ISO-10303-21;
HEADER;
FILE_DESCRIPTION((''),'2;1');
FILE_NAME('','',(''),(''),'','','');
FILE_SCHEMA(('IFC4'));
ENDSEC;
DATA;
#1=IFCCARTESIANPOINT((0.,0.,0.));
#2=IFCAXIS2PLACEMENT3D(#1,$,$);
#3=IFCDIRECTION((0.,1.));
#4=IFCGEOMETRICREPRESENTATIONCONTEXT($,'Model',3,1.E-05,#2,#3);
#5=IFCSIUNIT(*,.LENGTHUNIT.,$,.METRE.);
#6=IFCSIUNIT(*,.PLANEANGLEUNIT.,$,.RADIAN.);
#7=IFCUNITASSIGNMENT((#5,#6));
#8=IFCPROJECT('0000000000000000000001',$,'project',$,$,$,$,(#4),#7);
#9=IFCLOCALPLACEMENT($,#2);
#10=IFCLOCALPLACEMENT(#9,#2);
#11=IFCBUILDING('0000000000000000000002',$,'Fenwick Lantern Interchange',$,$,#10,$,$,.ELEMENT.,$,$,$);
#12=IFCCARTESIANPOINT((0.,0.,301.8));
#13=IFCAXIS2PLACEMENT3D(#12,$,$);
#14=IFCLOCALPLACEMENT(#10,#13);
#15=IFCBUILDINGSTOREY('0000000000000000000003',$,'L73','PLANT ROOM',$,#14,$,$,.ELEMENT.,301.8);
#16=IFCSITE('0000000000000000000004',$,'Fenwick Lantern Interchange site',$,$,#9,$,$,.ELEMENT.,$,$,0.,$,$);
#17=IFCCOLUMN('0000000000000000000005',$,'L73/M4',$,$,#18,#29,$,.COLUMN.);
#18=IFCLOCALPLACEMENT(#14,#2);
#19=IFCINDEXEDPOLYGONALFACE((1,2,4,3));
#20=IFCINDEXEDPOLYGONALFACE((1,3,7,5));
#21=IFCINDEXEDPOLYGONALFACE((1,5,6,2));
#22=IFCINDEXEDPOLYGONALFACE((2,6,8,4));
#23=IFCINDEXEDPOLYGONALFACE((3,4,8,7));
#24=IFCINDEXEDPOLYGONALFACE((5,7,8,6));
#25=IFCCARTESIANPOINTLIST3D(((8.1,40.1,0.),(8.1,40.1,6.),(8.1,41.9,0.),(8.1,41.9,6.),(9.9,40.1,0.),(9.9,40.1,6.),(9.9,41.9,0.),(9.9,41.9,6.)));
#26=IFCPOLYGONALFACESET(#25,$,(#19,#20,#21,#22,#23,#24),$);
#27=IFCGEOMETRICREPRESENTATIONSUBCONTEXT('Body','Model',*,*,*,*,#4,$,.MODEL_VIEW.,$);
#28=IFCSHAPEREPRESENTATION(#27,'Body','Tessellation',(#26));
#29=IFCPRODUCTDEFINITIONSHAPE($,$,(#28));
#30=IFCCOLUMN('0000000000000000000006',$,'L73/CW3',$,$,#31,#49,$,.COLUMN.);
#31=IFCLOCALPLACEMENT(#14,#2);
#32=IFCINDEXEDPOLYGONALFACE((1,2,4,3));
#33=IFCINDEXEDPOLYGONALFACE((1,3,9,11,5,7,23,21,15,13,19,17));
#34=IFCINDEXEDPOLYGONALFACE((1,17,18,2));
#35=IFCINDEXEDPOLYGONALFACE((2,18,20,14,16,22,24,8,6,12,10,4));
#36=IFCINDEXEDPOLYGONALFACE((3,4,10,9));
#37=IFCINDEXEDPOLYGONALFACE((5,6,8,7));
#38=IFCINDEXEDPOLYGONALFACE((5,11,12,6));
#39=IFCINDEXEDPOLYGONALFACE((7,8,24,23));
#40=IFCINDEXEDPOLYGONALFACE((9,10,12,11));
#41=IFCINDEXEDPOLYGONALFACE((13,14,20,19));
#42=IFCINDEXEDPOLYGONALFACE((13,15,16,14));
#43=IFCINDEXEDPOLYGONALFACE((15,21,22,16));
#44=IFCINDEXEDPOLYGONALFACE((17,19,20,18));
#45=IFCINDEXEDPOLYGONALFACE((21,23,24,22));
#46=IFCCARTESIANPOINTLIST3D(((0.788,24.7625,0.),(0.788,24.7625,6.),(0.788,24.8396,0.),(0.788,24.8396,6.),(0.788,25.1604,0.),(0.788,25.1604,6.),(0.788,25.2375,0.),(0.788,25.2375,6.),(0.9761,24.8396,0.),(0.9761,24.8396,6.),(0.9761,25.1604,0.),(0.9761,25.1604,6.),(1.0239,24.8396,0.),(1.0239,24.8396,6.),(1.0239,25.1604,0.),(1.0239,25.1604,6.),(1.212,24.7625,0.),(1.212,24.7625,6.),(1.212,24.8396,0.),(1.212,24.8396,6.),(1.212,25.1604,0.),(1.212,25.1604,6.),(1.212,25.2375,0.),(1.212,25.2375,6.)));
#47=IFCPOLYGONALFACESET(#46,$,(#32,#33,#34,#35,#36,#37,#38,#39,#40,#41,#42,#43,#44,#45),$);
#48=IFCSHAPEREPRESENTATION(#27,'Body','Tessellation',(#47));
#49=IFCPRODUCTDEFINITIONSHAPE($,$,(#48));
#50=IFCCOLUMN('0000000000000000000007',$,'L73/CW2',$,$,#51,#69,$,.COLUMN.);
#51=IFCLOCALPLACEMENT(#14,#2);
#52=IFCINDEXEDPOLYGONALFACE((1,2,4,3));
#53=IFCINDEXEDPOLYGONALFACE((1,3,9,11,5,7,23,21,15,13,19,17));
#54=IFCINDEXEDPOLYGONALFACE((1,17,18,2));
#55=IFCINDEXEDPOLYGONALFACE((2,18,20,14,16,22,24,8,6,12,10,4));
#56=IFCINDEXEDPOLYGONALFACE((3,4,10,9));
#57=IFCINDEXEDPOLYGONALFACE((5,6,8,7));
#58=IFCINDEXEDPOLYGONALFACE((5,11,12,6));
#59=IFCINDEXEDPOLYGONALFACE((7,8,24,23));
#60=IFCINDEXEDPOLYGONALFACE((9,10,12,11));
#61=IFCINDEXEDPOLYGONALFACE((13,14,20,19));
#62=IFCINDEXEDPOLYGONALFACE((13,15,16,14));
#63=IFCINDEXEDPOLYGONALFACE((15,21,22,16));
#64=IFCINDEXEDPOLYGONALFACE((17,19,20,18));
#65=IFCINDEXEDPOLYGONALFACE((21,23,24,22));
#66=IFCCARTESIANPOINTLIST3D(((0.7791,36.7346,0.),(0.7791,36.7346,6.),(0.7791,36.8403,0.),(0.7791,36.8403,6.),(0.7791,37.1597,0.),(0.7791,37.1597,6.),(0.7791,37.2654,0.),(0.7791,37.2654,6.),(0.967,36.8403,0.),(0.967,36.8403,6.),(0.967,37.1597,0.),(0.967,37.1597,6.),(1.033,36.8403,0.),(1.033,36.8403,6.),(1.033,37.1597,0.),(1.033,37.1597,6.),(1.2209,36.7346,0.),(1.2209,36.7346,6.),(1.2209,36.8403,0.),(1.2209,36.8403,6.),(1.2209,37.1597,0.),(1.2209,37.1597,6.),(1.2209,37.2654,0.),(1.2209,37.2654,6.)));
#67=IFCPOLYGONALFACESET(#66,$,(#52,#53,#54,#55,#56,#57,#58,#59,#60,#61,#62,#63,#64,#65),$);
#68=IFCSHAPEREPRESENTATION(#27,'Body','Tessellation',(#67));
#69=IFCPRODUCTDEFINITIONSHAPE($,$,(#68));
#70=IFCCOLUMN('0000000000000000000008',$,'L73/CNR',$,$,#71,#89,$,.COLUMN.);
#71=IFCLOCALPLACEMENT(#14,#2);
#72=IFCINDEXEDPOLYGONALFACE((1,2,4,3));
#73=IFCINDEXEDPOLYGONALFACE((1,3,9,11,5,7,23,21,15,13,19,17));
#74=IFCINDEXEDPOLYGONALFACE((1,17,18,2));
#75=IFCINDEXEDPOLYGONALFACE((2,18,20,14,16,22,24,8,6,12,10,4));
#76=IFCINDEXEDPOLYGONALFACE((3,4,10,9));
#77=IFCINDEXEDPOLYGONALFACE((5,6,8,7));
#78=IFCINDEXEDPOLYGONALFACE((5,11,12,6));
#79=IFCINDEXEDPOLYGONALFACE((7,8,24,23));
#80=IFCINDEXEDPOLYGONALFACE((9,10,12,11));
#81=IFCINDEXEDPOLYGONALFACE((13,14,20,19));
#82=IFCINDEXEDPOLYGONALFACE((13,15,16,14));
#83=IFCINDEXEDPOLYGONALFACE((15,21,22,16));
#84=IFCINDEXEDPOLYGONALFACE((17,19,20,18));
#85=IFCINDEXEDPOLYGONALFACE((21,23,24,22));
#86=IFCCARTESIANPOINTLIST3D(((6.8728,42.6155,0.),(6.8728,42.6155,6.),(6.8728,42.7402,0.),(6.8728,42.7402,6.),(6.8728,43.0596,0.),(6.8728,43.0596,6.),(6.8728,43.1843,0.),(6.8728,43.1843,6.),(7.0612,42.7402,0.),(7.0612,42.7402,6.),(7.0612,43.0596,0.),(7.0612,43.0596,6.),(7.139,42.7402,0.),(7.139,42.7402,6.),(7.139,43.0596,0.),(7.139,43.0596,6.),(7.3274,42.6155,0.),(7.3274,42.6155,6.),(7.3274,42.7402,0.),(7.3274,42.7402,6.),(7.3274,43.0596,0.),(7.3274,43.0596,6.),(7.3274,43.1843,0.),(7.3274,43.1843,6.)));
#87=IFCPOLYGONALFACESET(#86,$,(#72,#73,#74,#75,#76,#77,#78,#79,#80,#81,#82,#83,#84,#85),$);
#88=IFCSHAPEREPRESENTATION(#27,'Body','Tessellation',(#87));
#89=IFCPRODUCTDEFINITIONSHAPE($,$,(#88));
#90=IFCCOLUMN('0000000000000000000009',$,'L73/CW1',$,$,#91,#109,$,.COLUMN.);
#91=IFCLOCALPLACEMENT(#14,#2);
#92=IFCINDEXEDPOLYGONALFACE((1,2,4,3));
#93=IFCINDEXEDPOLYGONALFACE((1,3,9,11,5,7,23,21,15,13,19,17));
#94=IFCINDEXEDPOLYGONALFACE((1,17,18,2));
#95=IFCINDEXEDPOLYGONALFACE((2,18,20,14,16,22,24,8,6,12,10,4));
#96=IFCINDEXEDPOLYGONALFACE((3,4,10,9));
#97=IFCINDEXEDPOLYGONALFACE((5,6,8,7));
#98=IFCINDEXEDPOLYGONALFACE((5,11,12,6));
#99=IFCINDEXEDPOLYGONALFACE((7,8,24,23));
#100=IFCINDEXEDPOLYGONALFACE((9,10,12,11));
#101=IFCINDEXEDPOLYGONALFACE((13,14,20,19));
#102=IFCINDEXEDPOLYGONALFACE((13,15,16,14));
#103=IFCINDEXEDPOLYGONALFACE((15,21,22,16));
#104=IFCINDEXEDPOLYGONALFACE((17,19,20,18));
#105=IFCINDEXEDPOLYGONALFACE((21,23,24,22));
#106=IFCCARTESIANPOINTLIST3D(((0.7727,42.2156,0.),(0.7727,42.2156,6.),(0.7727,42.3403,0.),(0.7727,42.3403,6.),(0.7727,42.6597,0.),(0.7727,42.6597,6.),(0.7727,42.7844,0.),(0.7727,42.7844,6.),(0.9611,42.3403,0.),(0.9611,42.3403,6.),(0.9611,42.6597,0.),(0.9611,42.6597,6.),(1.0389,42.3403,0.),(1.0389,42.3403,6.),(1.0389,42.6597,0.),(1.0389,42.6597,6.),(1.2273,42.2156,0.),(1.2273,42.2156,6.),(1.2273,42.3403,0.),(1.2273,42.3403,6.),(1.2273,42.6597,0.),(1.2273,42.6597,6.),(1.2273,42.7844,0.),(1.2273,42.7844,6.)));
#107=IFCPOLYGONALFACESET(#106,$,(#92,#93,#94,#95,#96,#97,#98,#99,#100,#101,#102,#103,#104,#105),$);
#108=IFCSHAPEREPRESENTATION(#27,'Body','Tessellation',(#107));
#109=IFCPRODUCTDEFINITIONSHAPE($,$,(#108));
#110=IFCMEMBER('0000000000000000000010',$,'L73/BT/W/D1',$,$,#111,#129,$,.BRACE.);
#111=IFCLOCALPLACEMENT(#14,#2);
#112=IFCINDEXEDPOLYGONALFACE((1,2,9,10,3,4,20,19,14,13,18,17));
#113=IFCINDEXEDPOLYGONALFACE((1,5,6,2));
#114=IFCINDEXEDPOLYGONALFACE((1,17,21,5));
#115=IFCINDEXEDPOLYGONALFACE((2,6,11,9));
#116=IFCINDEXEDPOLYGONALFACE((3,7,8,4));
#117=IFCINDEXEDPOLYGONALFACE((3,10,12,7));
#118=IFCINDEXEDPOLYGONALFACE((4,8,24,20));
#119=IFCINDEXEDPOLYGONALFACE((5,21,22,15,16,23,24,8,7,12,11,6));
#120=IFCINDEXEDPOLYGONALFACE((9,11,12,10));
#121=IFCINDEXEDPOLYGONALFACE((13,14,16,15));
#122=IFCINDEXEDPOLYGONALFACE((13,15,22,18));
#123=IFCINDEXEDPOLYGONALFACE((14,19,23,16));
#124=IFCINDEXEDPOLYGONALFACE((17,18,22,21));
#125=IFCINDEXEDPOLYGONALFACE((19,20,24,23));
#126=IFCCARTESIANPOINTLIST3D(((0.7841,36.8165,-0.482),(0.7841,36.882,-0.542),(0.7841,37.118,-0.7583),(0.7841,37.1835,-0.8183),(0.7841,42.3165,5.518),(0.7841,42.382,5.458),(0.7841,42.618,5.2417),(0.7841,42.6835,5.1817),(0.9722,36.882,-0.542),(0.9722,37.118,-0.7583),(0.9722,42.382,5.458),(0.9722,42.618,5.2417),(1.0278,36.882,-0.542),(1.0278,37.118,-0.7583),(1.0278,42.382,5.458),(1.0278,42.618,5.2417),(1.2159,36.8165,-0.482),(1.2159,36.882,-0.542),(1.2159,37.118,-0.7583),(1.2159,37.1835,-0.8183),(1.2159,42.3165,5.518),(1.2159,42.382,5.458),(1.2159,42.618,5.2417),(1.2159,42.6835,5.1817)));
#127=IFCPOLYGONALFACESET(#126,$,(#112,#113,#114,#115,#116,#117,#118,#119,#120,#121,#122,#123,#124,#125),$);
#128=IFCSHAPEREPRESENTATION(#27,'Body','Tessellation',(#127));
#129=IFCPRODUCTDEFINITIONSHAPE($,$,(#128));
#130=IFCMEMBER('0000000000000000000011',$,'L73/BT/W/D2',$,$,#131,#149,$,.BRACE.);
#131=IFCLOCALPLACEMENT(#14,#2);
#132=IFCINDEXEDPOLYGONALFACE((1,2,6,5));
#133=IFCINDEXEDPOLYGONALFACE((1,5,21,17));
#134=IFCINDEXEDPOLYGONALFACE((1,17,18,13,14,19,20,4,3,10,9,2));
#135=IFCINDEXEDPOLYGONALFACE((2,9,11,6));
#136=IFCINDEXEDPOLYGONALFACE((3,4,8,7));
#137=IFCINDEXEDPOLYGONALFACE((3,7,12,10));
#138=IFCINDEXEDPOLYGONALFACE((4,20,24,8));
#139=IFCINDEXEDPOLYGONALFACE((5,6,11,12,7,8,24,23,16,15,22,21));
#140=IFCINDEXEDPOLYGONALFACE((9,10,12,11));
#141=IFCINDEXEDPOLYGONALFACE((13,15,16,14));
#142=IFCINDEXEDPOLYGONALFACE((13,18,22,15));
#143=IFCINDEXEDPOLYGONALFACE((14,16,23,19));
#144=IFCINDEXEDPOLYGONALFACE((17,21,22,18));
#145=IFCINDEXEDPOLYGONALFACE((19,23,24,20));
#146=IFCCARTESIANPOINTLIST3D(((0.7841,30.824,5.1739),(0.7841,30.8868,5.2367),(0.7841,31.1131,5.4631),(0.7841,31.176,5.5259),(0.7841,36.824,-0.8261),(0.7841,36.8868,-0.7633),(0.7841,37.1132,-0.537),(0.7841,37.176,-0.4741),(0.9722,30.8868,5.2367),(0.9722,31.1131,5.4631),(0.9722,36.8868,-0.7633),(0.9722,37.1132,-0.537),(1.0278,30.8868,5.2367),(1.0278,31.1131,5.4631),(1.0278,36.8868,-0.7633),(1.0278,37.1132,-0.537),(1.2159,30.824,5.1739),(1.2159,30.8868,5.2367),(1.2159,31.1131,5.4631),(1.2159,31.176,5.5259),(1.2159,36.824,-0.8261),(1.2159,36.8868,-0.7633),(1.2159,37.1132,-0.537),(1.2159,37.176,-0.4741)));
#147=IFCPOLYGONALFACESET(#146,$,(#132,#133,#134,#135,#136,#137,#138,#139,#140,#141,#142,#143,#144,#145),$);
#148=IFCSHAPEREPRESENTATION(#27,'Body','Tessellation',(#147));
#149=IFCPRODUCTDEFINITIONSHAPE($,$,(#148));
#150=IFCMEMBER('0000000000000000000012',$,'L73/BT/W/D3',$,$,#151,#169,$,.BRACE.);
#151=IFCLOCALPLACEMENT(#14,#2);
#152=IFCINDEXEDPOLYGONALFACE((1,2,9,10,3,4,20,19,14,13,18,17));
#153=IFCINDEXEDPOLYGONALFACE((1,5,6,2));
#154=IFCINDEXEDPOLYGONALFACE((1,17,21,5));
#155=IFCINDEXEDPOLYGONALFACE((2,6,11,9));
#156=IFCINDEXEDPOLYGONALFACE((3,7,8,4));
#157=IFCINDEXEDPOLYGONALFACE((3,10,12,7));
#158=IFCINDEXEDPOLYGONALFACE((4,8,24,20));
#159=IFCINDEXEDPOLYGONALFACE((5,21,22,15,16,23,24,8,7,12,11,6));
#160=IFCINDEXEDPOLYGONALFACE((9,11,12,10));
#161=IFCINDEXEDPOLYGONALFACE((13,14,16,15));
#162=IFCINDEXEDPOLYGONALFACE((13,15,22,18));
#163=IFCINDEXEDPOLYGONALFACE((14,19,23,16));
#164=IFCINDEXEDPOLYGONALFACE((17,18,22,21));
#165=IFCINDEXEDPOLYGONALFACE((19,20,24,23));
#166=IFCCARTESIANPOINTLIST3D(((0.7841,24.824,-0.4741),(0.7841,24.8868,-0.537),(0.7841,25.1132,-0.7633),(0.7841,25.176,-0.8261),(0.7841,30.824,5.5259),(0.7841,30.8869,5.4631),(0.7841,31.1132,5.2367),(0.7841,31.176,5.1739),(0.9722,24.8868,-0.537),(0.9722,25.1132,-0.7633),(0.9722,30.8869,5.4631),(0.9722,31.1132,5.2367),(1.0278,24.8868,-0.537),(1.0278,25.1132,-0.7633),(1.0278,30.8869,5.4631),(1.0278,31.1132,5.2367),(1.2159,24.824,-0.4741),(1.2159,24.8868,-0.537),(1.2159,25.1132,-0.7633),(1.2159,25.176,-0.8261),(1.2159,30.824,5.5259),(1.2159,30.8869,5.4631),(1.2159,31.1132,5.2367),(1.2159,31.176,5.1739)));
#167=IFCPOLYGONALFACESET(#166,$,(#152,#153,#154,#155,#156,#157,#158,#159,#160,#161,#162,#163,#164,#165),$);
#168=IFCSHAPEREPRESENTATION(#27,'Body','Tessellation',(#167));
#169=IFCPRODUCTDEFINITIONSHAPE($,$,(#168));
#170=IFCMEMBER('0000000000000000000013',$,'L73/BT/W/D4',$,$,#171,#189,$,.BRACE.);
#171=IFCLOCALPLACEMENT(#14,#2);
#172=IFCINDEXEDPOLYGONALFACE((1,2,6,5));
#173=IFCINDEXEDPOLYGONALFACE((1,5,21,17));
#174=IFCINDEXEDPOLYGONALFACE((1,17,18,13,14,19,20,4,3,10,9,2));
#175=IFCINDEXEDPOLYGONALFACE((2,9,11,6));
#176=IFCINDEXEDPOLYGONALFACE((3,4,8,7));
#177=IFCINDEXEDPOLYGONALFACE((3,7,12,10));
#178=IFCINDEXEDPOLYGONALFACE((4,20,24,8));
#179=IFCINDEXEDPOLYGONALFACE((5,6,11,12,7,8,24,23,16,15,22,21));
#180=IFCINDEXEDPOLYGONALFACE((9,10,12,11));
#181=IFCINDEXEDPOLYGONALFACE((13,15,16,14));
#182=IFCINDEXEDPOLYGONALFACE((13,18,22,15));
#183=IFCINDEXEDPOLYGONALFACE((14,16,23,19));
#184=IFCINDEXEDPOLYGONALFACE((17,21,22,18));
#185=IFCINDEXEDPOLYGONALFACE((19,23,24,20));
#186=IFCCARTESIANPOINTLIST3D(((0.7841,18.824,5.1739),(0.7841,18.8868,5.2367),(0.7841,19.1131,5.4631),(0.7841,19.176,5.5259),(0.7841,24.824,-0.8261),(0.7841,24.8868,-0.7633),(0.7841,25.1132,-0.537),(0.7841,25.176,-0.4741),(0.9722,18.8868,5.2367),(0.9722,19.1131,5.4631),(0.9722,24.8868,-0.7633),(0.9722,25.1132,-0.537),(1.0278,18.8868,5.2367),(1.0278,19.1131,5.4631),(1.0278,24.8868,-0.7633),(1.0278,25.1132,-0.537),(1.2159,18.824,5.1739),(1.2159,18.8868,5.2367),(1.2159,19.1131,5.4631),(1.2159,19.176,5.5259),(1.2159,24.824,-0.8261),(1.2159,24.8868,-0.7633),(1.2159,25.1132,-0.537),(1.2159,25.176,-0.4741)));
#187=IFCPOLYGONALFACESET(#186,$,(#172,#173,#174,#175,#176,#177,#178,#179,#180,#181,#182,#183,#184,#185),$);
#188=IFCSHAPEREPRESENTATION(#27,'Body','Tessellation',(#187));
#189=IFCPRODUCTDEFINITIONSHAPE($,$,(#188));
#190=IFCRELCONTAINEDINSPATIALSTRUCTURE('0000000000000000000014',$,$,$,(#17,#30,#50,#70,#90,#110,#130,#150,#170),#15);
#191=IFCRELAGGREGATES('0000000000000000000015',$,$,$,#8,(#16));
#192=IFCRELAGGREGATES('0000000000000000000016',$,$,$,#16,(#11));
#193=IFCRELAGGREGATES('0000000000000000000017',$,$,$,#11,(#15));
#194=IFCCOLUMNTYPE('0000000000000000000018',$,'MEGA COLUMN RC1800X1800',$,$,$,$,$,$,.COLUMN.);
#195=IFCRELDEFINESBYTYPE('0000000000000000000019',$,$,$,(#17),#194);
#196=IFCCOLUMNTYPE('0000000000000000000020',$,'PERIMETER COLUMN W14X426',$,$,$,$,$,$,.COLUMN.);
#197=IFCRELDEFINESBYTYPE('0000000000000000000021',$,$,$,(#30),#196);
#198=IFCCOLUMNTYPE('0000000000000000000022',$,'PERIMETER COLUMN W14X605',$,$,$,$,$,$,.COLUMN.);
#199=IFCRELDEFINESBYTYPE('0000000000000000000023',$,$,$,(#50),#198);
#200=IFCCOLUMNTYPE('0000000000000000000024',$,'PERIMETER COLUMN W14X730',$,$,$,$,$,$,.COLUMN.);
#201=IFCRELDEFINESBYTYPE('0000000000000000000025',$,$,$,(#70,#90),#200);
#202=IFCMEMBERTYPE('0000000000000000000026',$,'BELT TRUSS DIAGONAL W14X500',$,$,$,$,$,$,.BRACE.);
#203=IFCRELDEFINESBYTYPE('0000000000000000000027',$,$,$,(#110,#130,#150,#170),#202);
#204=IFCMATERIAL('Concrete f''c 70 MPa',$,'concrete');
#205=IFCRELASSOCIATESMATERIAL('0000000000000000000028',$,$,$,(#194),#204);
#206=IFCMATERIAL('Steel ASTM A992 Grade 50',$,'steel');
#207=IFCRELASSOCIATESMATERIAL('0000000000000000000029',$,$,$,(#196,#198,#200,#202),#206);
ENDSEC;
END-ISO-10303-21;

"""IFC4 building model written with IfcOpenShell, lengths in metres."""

from ifc_helpers import new_model, si_unit, direction, frame, origin, origin_2d, place, context, subcontext, project, spatial, rectangle, i_section, extrude, material, material_profile, profile_set, type_object, element, save


model = new_model("IFC4")

# Units and contexts
model_context = context("Model", 3, precision=1e-05, world=origin(), true_north=direction((0.0, 1.0)))
body_context = subcontext(model_context, "Body", "Model", "MODEL_VIEW")
ifc_project = project(units=[si_unit("LENGTHUNIT", "METRE"), si_unit("PLANEANGLEUNIT", "RADIAN")], contexts=[model_context])

# Site, building, storey
site_placement = place(None, origin())
site = spatial("IfcSite", under=ifc_project, at=site_placement, Name="Fenwick Lantern Interchange site", CompositionType="ELEMENT", RefElevation=0.0)
building_placement = place(site_placement, origin())
building = spatial("IfcBuilding", under=site, at=building_placement, Name="Fenwick Lantern Interchange", CompositionType="ELEMENT")
storey_placement = place(building_placement, frame((0.0, 0.0, 301.8)))
storey = spatial("IfcBuildingStorey", under=building, at=storey_placement, Name="L73", Description="PLANT ROOM", CompositionType="ELEMENT", Elevation=301.8)

# Columns
ifc_material_1 = material(Name="Concrete f'c 70 MPa", Category="concrete")
ifc_material_profile_1 = material_profile(ifc_material_1, rectangle(XDim=1.8, YDim=1.8, at=origin_2d()), Name="RC1800X1800")
ifc_profile_set_1 = profile_set([ifc_material_profile_1], Name="Concrete f'c 70 MPa")
column_type_1 = type_object("IfcColumnType", Name="MEGA COLUMN RC1800X1800", PredefinedType="COLUMN", material=ifc_profile_set_1)
column_1_placement = place(storey_placement, frame((9.0, 41.0, 0.0), z_axis=(0.0, 0.0, 1.0), x_axis=(1.0, 0.0, 0.0)))
element("IfcColumn", 1, at=column_1_placement, inside=storey, type_object=column_type_1, Name="L73/M4", PredefinedType="COLUMN", context=body_context, shape_type="SweptSolid", body=[
    extrude(rectangle(XDim=1.8, YDim=1.8, at=origin_2d()), origin(), (0.0, 0.0, 1.0), 6.0),
])
ifc_material_2 = material(Name="Steel ASTM A992 Grade 50", Category="steel")
ifc_material_profile_2 = material_profile(ifc_material_2, i_section(OverallWidth=0.4241, OverallDepth=0.4751, WebThickness=0.0479, FlangeThickness=0.0771, at=origin_2d()), Name="W14X426")
ifc_profile_set_2 = profile_set([ifc_material_profile_2], Name="Steel ASTM A992 Grade 50")
column_type_2 = type_object("IfcColumnType", Name="PERIMETER COLUMN W14X426", PredefinedType="COLUMN", material=ifc_profile_set_2)
column_2_placement = place(storey_placement, frame((1.0, 25.0, 0.0), z_axis=(0.0, 0.0, 1.0), x_axis=(1.0, 0.0, 0.0)))
element("IfcColumn", 2, at=column_2_placement, inside=storey, type_object=column_type_2, Name="L73/CW3", PredefinedType="COLUMN", context=body_context, shape_type="SweptSolid", body=[
    extrude(i_section(OverallWidth=0.4241, OverallDepth=0.4751, WebThickness=0.0479, FlangeThickness=0.0771, at=origin_2d()), origin(), (0.0, 0.0, 1.0), 6.0),
])
ifc_material_profile_3 = material_profile(ifc_material_2, i_section(OverallWidth=0.4419, OverallDepth=0.5308, WebThickness=0.0659, FlangeThickness=0.1057, at=origin_2d()), Name="W14X605")
ifc_profile_set_3 = profile_set([ifc_material_profile_3], Name="Steel ASTM A992 Grade 50")
column_type_3 = type_object("IfcColumnType", Name="PERIMETER COLUMN W14X605", PredefinedType="COLUMN", material=ifc_profile_set_3)
column_3_placement = place(storey_placement, frame((1.0, 37.0, 0.0), z_axis=(0.0, 0.0, 1.0), x_axis=(1.0, 0.0, 0.0)))
element("IfcColumn", 3, at=column_3_placement, inside=storey, type_object=column_type_3, Name="L73/CW2", PredefinedType="COLUMN", context=body_context, shape_type="SweptSolid", body=[
    extrude(i_section(OverallWidth=0.4419, OverallDepth=0.5308, WebThickness=0.0659, FlangeThickness=0.1057, at=origin_2d()), origin(), (0.0, 0.0, 1.0), 6.0),
])
ifc_material_profile_4 = material_profile(ifc_material_2, i_section(OverallWidth=0.4546, OverallDepth=0.5688, WebThickness=0.0779, FlangeThickness=0.1248, at=origin_2d()), Name="W14X730")
ifc_profile_set_4 = profile_set([ifc_material_profile_4], Name="Steel ASTM A992 Grade 50")
column_type_4 = type_object("IfcColumnType", Name="PERIMETER COLUMN W14X730", PredefinedType="COLUMN", material=ifc_profile_set_4)
for number, where, z_axis, x_axis, name in (
    (4, (7.1001, 42.8999, 0.0), (0.0, 0.0, 1.0), (1.0, 0.0, 0.0), "L73/CNR"),
    (5, (1.0, 42.5, 0.0), (0.0, 0.0, 1.0), (1.0, 0.0, 0.0), "L73/CW1"),
):
    element("IfcColumn", number, at=place(storey_placement, frame(where, z_axis=z_axis, x_axis=x_axis)), inside=storey, type_object=column_type_4, Name=name, PredefinedType="COLUMN", context=body_context, shape_type="SweptSolid", body=[
        extrude(i_section(OverallWidth=0.4546, OverallDepth=0.5688, WebThickness=0.0779, FlangeThickness=0.1248, at=origin_2d()), origin(), (0.0, 0.0, 1.0), 6.0),
    ])

# Members
ifc_material_profile_5 = material_profile(ifc_material_2, i_section(OverallWidth=0.4319, OverallDepth=0.4978, WebThickness=0.0557, FlangeThickness=0.0889, at=origin_2d()), Name="W14X500")
ifc_profile_set_5 = profile_set([ifc_material_profile_5], Name="Steel ASTM A992 Grade 50")
member_type_1 = type_object("IfcMemberType", Name="BELT TRUSS DIAGONAL W14X500", PredefinedType="BRACE", material=ifc_profile_set_5)
member_1_placement = place(storey_placement, frame((1.0, 37.0, -0.6501), z_axis=(0.0, 0.675725, 0.737154), x_axis=(-1.0, 0.0, 0.0)))
element("IfcMember", 6, at=member_1_placement, inside=storey, type_object=member_type_1, Name="L73/BT/W/D1", PredefinedType="BRACE", context=body_context, shape_type="SweptSolid", body=[
    extrude(i_section(OverallWidth=0.4319, OverallDepth=0.4978, WebThickness=0.0557, FlangeThickness=0.0889, at=origin_2d()), origin(), (0.0, 0.0, 1.0), 8.1394),
])
for number, where, z_axis, x_axis, name in (
    (7, (1.0, 37.0, -0.6501), (0.0, -0.707107, 0.707107), (1.0, 0.0, 0.0), "L73/BT/W/D2"),
    (8, (1.0, 25.0, -0.6501), (0.0, 0.707107, 0.707107), (-1.0, 0.0, 0.0), "L73/BT/W/D3"),
    (9, (1.0, 25.0, -0.6501), (0.0, -0.707107, 0.707107), (1.0, 0.0, 0.0), "L73/BT/W/D4"),
):
    element("IfcMember", number, at=place(storey_placement, frame(where, z_axis=z_axis, x_axis=x_axis)), inside=storey, type_object=member_type_1, Name=name, PredefinedType="BRACE", context=body_context, shape_type="SweptSolid", body=[
        extrude(i_section(OverallWidth=0.4319, OverallDepth=0.4978, WebThickness=0.0557, FlangeThickness=0.0889, at=origin_2d()), origin(), (0.0, 0.0, 1.0), 8.4854),
    ])

save(model, "model.ifc")
